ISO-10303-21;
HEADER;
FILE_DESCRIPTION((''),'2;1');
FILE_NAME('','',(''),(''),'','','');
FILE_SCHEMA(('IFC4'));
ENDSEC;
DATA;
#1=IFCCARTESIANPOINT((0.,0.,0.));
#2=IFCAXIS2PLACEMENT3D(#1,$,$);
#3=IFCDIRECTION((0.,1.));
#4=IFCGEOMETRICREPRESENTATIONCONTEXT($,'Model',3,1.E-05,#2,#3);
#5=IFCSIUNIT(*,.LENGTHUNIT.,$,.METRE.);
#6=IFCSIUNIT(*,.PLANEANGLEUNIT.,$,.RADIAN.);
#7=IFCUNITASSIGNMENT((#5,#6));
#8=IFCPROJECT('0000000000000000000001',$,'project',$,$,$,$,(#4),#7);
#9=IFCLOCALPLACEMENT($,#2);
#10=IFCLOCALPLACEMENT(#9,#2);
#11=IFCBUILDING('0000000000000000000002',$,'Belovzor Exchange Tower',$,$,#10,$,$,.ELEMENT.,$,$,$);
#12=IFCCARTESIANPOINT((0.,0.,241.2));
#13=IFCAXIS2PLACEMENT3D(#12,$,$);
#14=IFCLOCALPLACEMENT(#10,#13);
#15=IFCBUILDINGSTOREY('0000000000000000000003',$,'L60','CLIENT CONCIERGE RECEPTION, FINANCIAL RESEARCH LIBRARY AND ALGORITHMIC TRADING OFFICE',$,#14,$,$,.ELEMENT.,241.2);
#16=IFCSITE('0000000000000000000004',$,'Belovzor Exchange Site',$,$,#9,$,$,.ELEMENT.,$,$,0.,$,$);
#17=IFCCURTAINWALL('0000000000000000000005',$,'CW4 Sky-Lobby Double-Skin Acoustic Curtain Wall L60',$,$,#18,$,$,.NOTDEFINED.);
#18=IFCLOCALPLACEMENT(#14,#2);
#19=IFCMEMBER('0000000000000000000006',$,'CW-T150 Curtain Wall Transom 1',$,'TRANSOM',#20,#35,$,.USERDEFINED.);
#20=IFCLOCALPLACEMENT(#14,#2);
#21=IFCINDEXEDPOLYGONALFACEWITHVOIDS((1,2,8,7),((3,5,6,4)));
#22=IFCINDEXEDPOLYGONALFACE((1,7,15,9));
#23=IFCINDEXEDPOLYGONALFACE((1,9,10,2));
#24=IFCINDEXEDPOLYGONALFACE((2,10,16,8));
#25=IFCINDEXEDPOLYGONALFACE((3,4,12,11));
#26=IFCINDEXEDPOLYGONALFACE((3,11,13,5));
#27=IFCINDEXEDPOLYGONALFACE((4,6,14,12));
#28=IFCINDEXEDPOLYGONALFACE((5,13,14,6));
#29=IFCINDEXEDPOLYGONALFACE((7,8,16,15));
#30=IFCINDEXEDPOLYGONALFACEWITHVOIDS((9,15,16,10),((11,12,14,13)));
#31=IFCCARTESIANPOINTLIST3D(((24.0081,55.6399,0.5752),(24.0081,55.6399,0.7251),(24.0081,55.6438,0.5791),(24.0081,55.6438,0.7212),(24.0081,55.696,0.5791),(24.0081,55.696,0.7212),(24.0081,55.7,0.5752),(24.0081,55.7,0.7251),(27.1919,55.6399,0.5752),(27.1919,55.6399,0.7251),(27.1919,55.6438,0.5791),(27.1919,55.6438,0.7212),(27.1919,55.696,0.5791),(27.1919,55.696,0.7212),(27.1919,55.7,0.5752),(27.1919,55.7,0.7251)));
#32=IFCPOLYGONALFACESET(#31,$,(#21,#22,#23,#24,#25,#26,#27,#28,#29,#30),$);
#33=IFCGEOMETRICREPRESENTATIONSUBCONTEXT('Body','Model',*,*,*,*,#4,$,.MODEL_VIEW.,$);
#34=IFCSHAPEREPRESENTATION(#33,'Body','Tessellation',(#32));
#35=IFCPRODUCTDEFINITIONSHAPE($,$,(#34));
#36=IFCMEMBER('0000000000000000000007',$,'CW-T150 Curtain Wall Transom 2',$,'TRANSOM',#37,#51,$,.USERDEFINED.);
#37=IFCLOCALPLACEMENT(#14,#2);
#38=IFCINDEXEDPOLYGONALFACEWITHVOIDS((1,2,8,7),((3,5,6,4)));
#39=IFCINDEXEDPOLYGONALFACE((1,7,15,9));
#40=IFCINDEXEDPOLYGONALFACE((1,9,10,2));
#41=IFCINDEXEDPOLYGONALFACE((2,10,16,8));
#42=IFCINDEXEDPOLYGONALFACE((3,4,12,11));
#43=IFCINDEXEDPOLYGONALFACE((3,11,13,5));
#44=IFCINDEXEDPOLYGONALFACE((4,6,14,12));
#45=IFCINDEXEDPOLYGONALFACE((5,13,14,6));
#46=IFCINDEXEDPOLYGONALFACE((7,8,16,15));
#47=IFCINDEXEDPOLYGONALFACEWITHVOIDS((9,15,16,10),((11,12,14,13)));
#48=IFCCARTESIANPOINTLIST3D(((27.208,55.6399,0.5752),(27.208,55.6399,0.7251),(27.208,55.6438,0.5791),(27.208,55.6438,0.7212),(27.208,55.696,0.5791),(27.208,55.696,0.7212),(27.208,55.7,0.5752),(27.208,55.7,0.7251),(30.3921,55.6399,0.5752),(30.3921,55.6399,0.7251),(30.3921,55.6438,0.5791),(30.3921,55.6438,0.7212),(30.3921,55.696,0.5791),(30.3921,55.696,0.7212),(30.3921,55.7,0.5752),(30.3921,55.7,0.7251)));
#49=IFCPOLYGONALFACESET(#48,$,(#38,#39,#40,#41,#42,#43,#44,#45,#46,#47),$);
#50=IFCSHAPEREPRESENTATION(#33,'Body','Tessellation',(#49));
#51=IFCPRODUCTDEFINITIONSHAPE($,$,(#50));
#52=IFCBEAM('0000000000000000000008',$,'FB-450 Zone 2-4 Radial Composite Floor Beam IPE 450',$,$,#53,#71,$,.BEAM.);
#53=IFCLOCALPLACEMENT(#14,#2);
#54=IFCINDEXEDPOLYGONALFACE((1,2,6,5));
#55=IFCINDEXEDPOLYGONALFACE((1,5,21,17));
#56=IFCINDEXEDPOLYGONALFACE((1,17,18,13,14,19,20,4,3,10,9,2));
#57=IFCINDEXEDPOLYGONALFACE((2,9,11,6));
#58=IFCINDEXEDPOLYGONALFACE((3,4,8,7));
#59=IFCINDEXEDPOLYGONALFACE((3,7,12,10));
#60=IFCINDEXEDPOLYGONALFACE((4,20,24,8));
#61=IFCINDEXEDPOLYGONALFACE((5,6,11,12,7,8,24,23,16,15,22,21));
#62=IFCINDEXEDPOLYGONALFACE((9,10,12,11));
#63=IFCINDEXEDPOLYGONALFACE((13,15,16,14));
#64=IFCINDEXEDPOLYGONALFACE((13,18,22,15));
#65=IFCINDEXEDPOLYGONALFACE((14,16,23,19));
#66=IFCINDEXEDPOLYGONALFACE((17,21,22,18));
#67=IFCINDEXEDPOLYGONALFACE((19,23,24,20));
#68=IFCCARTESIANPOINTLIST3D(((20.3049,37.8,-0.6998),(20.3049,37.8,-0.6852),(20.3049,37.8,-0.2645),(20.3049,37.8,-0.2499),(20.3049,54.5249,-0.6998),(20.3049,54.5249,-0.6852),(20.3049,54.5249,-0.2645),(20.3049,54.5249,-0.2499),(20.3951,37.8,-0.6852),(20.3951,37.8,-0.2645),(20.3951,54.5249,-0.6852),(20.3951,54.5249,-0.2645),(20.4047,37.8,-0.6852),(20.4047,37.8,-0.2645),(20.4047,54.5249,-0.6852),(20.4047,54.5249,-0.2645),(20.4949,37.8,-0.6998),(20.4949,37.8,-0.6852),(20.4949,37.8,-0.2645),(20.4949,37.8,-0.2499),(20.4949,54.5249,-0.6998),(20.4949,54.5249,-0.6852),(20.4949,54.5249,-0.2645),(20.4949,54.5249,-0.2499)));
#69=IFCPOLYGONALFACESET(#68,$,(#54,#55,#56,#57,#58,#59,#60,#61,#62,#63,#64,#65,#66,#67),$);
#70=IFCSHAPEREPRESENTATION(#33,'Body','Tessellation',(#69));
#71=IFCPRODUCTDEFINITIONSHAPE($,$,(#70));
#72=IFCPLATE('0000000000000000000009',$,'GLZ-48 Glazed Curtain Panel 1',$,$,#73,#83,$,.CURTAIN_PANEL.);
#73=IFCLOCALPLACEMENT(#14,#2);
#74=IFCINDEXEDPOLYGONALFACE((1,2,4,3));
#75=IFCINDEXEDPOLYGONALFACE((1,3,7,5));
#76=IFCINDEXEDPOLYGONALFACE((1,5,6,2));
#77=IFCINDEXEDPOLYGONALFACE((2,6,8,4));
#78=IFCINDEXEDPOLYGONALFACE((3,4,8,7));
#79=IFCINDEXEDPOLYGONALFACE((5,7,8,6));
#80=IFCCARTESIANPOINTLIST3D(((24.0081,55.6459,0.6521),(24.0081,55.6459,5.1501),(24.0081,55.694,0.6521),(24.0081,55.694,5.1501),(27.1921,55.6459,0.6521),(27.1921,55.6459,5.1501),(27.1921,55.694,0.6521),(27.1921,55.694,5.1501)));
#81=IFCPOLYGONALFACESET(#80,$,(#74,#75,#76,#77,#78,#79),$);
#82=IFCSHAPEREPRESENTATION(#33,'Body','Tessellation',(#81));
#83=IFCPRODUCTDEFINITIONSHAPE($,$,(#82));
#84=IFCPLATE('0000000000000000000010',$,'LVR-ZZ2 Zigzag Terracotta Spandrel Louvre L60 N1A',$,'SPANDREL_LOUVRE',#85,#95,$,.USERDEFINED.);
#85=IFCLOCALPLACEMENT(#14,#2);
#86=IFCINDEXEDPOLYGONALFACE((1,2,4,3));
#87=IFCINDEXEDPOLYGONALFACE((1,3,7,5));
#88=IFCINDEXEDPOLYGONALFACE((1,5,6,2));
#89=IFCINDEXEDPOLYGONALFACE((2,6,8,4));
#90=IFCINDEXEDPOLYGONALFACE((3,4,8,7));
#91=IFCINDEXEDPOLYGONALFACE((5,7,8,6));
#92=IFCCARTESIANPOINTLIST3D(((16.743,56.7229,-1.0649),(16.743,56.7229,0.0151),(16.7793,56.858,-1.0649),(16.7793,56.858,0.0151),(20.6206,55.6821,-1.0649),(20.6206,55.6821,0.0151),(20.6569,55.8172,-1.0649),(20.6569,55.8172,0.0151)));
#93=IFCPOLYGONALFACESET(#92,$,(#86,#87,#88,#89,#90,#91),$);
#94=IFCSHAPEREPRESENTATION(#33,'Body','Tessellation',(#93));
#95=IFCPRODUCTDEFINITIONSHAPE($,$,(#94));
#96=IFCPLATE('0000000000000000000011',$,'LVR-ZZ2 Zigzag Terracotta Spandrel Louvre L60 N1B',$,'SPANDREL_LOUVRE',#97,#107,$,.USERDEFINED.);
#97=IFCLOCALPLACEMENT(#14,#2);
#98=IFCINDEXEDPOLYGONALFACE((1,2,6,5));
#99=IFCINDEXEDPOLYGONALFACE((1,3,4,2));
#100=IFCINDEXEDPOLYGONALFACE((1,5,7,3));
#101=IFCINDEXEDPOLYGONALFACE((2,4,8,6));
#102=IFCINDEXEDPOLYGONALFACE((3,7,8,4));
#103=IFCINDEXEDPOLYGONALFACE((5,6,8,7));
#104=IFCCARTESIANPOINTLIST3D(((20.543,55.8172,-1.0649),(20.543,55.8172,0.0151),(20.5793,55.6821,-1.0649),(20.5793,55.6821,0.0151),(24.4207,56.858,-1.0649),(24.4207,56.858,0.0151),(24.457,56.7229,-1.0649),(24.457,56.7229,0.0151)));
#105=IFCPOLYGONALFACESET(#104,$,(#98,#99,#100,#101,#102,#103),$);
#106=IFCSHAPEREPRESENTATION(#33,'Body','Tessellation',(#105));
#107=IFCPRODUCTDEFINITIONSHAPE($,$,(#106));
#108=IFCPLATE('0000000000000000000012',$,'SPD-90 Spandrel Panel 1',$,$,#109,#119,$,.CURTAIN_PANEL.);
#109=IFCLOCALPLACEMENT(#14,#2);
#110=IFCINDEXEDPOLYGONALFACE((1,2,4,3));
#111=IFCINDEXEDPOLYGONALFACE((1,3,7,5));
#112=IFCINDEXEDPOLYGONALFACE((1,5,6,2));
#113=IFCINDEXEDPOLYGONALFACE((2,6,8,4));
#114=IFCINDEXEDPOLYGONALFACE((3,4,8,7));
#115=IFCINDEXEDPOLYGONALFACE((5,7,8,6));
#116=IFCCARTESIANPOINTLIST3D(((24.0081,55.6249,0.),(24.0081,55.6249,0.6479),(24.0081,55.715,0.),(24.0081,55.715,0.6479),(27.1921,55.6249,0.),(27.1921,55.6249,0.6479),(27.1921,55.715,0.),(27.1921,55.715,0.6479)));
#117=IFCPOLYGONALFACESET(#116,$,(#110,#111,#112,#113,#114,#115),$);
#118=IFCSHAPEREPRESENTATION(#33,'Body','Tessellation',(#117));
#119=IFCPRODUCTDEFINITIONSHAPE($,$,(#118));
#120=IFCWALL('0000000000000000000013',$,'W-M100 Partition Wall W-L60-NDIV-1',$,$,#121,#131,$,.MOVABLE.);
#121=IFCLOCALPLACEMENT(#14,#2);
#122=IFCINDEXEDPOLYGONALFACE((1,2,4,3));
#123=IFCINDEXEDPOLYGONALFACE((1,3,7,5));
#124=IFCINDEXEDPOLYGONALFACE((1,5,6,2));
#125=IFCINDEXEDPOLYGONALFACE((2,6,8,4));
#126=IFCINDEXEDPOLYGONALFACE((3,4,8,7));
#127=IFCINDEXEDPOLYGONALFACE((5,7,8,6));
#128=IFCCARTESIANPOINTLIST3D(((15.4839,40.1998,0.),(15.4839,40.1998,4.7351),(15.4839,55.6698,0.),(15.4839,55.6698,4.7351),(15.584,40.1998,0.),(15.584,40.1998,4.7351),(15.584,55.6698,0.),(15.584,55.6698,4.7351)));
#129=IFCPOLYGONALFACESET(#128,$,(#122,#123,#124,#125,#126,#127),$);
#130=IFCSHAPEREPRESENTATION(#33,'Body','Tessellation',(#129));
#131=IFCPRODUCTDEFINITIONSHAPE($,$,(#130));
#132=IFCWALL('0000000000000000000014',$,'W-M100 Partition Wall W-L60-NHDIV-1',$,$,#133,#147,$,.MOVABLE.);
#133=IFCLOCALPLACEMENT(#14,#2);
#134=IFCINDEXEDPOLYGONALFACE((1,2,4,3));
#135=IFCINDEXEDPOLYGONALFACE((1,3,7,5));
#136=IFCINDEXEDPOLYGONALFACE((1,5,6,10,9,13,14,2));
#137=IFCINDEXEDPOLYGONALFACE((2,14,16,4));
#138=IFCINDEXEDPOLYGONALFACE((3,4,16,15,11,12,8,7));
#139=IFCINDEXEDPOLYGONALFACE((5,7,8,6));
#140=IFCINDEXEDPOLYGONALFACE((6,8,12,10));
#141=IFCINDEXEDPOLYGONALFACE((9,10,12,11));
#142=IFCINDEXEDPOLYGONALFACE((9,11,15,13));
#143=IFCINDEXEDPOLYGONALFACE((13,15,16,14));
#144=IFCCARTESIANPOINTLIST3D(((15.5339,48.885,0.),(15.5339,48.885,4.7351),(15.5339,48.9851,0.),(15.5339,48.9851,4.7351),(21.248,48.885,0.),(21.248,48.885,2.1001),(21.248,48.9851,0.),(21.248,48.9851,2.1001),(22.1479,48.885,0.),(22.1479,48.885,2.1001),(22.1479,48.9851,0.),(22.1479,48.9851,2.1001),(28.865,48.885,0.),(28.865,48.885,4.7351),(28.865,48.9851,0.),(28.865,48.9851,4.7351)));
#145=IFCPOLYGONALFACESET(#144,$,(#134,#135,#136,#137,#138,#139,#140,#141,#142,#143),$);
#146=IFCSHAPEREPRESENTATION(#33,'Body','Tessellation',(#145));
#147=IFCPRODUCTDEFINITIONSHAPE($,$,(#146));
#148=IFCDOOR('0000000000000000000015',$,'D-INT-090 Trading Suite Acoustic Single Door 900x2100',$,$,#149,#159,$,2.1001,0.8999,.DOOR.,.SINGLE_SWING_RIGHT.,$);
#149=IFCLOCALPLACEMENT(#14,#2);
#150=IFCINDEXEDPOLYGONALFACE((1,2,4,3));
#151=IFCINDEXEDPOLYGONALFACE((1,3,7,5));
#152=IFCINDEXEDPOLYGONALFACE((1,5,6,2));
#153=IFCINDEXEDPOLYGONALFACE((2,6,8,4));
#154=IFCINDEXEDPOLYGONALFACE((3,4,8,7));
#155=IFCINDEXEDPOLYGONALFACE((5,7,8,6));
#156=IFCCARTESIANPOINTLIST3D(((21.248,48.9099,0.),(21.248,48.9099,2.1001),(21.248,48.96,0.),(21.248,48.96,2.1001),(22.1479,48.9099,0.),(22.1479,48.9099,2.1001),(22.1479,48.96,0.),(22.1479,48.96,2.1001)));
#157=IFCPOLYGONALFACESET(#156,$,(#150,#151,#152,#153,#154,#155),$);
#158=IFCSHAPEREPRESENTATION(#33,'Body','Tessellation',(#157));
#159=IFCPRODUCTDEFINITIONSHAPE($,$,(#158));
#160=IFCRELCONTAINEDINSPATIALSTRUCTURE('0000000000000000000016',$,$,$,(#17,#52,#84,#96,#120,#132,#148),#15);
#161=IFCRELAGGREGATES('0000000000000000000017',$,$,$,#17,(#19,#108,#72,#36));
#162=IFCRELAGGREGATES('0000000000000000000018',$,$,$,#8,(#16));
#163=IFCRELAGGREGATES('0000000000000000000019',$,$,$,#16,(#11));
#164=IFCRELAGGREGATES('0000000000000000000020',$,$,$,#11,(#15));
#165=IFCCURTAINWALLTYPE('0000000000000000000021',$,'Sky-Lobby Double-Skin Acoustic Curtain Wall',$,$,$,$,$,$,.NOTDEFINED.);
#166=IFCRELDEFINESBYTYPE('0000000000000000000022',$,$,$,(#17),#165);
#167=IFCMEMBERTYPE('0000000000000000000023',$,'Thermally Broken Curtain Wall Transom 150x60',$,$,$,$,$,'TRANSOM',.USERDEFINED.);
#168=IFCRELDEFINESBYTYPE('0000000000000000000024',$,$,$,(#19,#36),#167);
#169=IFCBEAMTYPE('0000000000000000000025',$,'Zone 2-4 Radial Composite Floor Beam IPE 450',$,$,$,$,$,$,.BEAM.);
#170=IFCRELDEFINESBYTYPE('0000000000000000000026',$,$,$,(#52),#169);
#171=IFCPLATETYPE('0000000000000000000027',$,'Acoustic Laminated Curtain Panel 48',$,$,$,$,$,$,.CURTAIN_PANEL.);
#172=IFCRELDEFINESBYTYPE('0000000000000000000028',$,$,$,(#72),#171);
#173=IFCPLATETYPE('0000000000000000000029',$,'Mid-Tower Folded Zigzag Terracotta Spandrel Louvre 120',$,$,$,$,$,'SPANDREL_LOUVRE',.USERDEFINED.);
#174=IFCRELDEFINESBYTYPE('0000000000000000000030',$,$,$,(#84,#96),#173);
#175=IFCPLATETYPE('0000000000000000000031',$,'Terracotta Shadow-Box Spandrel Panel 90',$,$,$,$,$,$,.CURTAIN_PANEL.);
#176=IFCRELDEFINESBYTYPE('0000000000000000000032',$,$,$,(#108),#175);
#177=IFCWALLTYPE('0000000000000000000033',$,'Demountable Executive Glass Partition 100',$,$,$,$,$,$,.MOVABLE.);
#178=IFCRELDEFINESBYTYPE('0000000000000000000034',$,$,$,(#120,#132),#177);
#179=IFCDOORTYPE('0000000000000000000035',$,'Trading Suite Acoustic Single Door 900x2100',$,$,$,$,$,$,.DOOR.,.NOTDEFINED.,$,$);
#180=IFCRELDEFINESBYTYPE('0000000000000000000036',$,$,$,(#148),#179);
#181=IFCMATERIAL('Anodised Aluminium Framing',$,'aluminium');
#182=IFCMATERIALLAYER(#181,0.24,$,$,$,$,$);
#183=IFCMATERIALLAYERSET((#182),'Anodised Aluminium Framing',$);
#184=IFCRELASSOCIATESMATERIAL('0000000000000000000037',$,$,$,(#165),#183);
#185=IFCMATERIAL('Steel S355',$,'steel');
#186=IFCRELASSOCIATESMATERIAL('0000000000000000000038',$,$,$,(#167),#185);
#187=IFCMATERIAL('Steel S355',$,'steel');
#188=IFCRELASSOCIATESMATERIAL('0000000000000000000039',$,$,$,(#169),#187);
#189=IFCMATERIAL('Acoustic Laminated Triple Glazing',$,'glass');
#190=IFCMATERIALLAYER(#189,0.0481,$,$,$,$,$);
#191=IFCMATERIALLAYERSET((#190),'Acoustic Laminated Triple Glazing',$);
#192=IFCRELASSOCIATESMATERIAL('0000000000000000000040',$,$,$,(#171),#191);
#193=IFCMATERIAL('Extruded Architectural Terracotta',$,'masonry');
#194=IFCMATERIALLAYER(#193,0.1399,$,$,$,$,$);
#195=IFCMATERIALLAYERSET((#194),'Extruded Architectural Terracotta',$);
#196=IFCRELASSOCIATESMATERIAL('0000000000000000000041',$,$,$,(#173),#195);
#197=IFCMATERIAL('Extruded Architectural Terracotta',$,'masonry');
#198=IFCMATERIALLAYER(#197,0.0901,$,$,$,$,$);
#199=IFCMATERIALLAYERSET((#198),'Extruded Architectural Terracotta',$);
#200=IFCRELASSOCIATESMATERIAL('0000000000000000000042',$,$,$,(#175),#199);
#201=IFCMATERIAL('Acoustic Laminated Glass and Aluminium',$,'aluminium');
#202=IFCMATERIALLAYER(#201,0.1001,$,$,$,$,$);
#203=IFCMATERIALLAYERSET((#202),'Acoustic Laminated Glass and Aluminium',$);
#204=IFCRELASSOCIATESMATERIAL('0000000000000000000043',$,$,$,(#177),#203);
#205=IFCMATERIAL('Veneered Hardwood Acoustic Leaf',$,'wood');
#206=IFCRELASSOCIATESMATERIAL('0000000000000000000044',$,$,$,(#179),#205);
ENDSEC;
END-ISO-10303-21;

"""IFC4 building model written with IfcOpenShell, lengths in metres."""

from ifc_helpers import new_model, si_unit, direction, frame, frame_2d, origin, origin_2d, place, context, subcontext, project, spatial, rectangle, hollow_rectangle, i_section, extrude, material, layer, layer_set, material_profile, profile_set, type_object, element, fill, aggregate, save


model = new_model("IFC4")

# Units and contexts
model_context = context("Model", 3, precision=1e-05, world=origin(), true_north=direction((0.0, 1.0)))
body_context = subcontext(model_context, "Body", "Model", "MODEL_VIEW")
ifc_project = project(units=[si_unit("LENGTHUNIT", "METRE"), si_unit("PLANEANGLEUNIT", "RADIAN")], contexts=[model_context])

# Site, building, storey
site_placement = place(None, origin())
site = spatial("IfcSite", under=ifc_project, at=site_placement, Name="Belovzor Exchange Site", CompositionType="ELEMENT", RefElevation=0.0)
building_placement = place(site_placement, origin())
building = spatial("IfcBuilding", under=site, at=building_placement, Name="Belovzor Exchange Tower", CompositionType="ELEMENT")
storey_placement = place(building_placement, frame((0.0, 0.0, 241.2)))
storey = spatial("IfcBuildingStorey", under=building, at=storey_placement, Name="L60", Description="CLIENT CONCIERGE RECEPTION, FINANCIAL RESEARCH LIBRARY AND ALGORITHMIC TRADING OFFICE", CompositionType="ELEMENT", Elevation=241.2)

# Curtain wall, members
ifc_material_1 = material(Name="Anodised Aluminium Framing", Category="aluminium")
ifc_layer_1 = layer(ifc_material_1, 0.24)
ifc_layer_set_1 = layer_set([ifc_layer_1], Name="Anodised Aluminium Framing")
curtain_wall_type = type_object("IfcCurtainWallType", Name="Sky-Lobby Double-Skin Acoustic Curtain Wall", PredefinedType="NOTDEFINED", material=ifc_layer_set_1)
curtain_wall_placement = place(storey_placement, origin())
curtain_wall = element("IfcCurtainWall", 1, at=curtain_wall_placement, inside=storey, type_object=curtain_wall_type, Name="CW4 Sky-Lobby Double-Skin Acoustic Curtain Wall L60", PredefinedType="NOTDEFINED")
ifc_material_2 = material(Name="Steel S355", Category="steel")
ifc_material_profile_1 = material_profile(ifc_material_2, hollow_rectangle(XDim=0.0601, YDim=0.1499, WallThickness=0.0039, at=origin_2d()))
ifc_profile_set_1 = profile_set([ifc_material_profile_1], Name="Steel S355")
member_type_1 = type_object("IfcMemberType", Name="Thermally Broken Curtain Wall Transom 150x60", ElementType="TRANSOM", PredefinedType="USERDEFINED", material=ifc_profile_set_1)
member_1_placement = place(storey_placement, frame((24.0081, 55.6699, 0.6501), z_axis=(1.0, 0.0, 0.0), x_axis=(0.0, 1.0, 0.0)))
member_1 = element("IfcMember", 2, at=member_1_placement, type_object=member_type_1, Name="CW-T150 Curtain Wall Transom 1", ObjectType="TRANSOM", PredefinedType="USERDEFINED", context=body_context, shape_type="SweptSolid", body=[
    extrude(hollow_rectangle(XDim=0.0601, YDim=0.1499, WallThickness=0.0039, at=origin_2d()), origin(), (0.0, 0.0, 1.0), 3.1838),
])
member_2_placement = place(storey_placement, frame((27.208, 55.6699, 0.6501), z_axis=(1.0, 0.0, 0.0), x_axis=(0.0, 1.0, 0.0)))
member_2 = element("IfcMember", 3, at=member_2_placement, type_object=member_type_1, Name="CW-T150 Curtain Wall Transom 2", ObjectType="TRANSOM", PredefinedType="USERDEFINED", context=body_context, shape_type="SweptSolid", body=[
    extrude(hollow_rectangle(XDim=0.0601, YDim=0.1499, WallThickness=0.0039, at=origin_2d()), origin(), (0.0, 0.0, 1.0), 3.1841),
])

# Beam
ifc_material_3 = material(Name="Steel S355", Category="steel")
ifc_material_profile_2 = material_profile(ifc_material_3, i_section(OverallWidth=0.1899, OverallDepth=0.45, WebThickness=0.0095, FlangeThickness=0.0146, at=origin_2d()))
ifc_profile_set_2 = profile_set([ifc_material_profile_2], Name="Steel S355")
beam_type_1 = type_object("IfcBeamType", Name="Zone 2-4 Radial Composite Floor Beam IPE 450", PredefinedType="BEAM", material=ifc_profile_set_2)
beam_1_placement = place(storey_placement, frame((20.3999, 37.8, -0.4749), z_axis=(0.0, 1.0, 0.0), x_axis=(-1.0, 0.0, 0.0)))
element("IfcBeam", 4, at=beam_1_placement, inside=storey, type_object=beam_type_1, Name="FB-450 Zone 2-4 Radial Composite Floor Beam IPE 450", PredefinedType="BEAM", context=body_context, shape_type="SweptSolid", body=[
    extrude(i_section(OverallWidth=0.1899, OverallDepth=0.45, WebThickness=0.0095, FlangeThickness=0.0146, at=origin_2d()), origin(), (0.0, 0.0, 1.0), 16.7249),
])

# Plate
ifc_material_4 = material(Name="Acoustic Laminated Triple Glazing", Category="glass")
ifc_layer_2 = layer(ifc_material_4, 0.0481)
ifc_layer_set_2 = layer_set([ifc_layer_2], Name="Acoustic Laminated Triple Glazing")
plate_type_1 = type_object("IfcPlateType", Name="Acoustic Laminated Curtain Panel 48", PredefinedType="CURTAIN_PANEL", material=ifc_layer_set_2)
plate_1_placement = place(storey_placement, frame((25.6001, 55.6699, 0.6521), z_axis=(0.0, 0.0, 1.0), x_axis=(1.0, 0.0, 0.0)))
plate_1 = element("IfcPlate", 5, at=plate_1_placement, type_object=plate_type_1, Name="GLZ-48 Glazed Curtain Panel 1", PredefinedType="CURTAIN_PANEL", context=body_context, shape_type="SweptSolid", body=[
    extrude(rectangle(XDim=3.1841, YDim=0.0481, at=origin_2d()), origin(), (0.0, 0.0, 1.0), 4.498),
])

# Plates
ifc_material_5 = material(Name="Extruded Architectural Terracotta", Category="masonry")
ifc_layer_3 = layer(ifc_material_5, 0.1399)
ifc_layer_set_3 = layer_set([ifc_layer_3], Name="Extruded Architectural Terracotta")
plate_type_2 = type_object("IfcPlateType", Name="Mid-Tower Folded Zigzag Terracotta Spandrel Louvre 120", ElementType="SPANDREL_LOUVRE", PredefinedType="USERDEFINED", material=ifc_layer_set_3)
for number, where, z_axis, x_axis, name in (
    (6, (18.7, 56.27, -1.0649), (0.0, 0.0, 1.0), (0.965813, -0.25924, 0.0), "LVR-ZZ2 Zigzag Terracotta Spandrel Louvre L60 N1A"),
    (7, (22.5, 56.27, -1.0649), (0.0, 0.0, 1.0), (0.965813, 0.25924, 0.0), "LVR-ZZ2 Zigzag Terracotta Spandrel Louvre L60 N1B"),
):
    element("IfcPlate", number, at=place(storey_placement, frame(where, z_axis=z_axis, x_axis=x_axis)), inside=storey, type_object=plate_type_2, Name=name, ObjectType="SPANDREL_LOUVRE", PredefinedType="USERDEFINED", context=body_context, shape_type="SweptSolid", body=[
        extrude(rectangle(XDim=4.0149, YDim=0.1399, at=origin_2d()), origin(), (0.0, 0.0, 1.0), 1.0801),
    ])

# Plate
ifc_material_6 = material(Name="Extruded Architectural Terracotta", Category="masonry")
ifc_layer_4 = layer(ifc_material_6, 0.0901)
ifc_layer_set_4 = layer_set([ifc_layer_4], Name="Extruded Architectural Terracotta")
plate_type_3 = type_object("IfcPlateType", Name="Terracotta Shadow-Box Spandrel Panel 90", PredefinedType="CURTAIN_PANEL", material=ifc_layer_set_4)
plate_2_placement = place(storey_placement, frame((25.6001, 55.6699, 0.0), z_axis=(0.0, 0.0, 1.0), x_axis=(1.0, 0.0, 0.0)))
plate_2 = element("IfcPlate", 8, at=plate_2_placement, type_object=plate_type_3, Name="SPD-90 Spandrel Panel 1", PredefinedType="CURTAIN_PANEL", context=body_context, shape_type="SweptSolid", body=[
    extrude(rectangle(XDim=3.1841, YDim=0.0901, at=origin_2d()), origin(), (0.0, 0.0, 1.0), 0.6479),
])
aggregate(curtain_wall, [member_1, plate_2, plate_1, member_2])

# Wall
ifc_material_7 = material(Name="Acoustic Laminated Glass and Aluminium", Category="aluminium")
ifc_layer_5 = layer(ifc_material_7, 0.1001)
ifc_layer_set_5 = layer_set([ifc_layer_5], Name="Acoustic Laminated Glass and Aluminium")
wall_type_1 = type_object("IfcWallType", Name="Demountable Executive Glass Partition 100", PredefinedType="MOVABLE", material=ifc_layer_set_5)
wall_1_placement = place(storey_placement, frame((15.5339, 40.2, 0.0), z_axis=(0.0, 0.0, 1.0), x_axis=(0.0, 1.0, 0.0)))
element("IfcWall", 9, at=wall_1_placement, inside=storey, type_object=wall_type_1, Name="W-M100 Partition Wall W-L60-NDIV-1", PredefinedType="MOVABLE", context=body_context, shape_type="SweptSolid", body=[
    extrude(rectangle(XDim=15.47, YDim=0.1001, at=frame_2d((7.7349, 0.0))), origin(), (0.0, 0.0, 1.0), 4.7351),
])

# Wall, opening, door
wall_2_placement = place(storey_placement, frame((15.5339, 48.9351, 0.0), z_axis=(0.0, 0.0, 1.0), x_axis=(1.0, 0.0, 0.0)))
wall_2 = element("IfcWall", 10, at=wall_2_placement, inside=storey, type_object=wall_type_1, Name="W-M100 Partition Wall W-L60-NHDIV-1", PredefinedType="MOVABLE", context=body_context, shape_type="SweptSolid", body=[
    extrude(rectangle(XDim=13.3311, YDim=0.1001, at=frame_2d((6.6655, 0.0))), origin(), (0.0, 0.0, 1.0), 4.7351),
])
opening_1_placement = place(wall_2_placement, frame((5.7141, 0.0, 0.0)))
opening_1 = element("IfcOpeningElement", 11, at=opening_1_placement, cuts=wall_2, PredefinedType="OPENING", context=body_context, shape_type="SweptSolid", body=[
    extrude(rectangle(XDim=0.8999, YDim=2.1001, at=frame_2d((0.45, 1.05))), frame((0.0, 0.0601, 0.0), z_axis=(0.0, -1.0, 0.0), x_axis=(1.0, 0.0, 0.0)), (0.0, 0.0, 1.0), 0.1201),
])
ifc_material_8 = material(Name="Veneered Hardwood Acoustic Leaf", Category="wood")
door_type = type_object("IfcDoorType", Name="Trading Suite Acoustic Single Door 900x2100", OperationType="NOTDEFINED", PredefinedType="DOOR", material=ifc_material_8)
door_1_placement = place(opening_1_placement, origin())
door_1 = element("IfcDoor", 12, at=door_1_placement, inside=storey, type_object=door_type, Name="D-INT-090 Trading Suite Acoustic Single Door 900x2100", OperationType="SINGLE_SWING_RIGHT", OverallHeight=2.1001, OverallWidth=0.8999, PredefinedType="DOOR", context=body_context, shape_type="SweptSolid", body=[
    extrude(rectangle(XDim=0.8999, YDim=2.1001, at=frame_2d((0.45, 1.05))), frame((0.0, 0.0249, 0.0), z_axis=(0.0, -1.0, 0.0), x_axis=(1.0, 0.0, 0.0)), (0.0, 0.0, 1.0), 0.05),
])
fill(opening_1, door_1)

save(model, "model.ifc")
